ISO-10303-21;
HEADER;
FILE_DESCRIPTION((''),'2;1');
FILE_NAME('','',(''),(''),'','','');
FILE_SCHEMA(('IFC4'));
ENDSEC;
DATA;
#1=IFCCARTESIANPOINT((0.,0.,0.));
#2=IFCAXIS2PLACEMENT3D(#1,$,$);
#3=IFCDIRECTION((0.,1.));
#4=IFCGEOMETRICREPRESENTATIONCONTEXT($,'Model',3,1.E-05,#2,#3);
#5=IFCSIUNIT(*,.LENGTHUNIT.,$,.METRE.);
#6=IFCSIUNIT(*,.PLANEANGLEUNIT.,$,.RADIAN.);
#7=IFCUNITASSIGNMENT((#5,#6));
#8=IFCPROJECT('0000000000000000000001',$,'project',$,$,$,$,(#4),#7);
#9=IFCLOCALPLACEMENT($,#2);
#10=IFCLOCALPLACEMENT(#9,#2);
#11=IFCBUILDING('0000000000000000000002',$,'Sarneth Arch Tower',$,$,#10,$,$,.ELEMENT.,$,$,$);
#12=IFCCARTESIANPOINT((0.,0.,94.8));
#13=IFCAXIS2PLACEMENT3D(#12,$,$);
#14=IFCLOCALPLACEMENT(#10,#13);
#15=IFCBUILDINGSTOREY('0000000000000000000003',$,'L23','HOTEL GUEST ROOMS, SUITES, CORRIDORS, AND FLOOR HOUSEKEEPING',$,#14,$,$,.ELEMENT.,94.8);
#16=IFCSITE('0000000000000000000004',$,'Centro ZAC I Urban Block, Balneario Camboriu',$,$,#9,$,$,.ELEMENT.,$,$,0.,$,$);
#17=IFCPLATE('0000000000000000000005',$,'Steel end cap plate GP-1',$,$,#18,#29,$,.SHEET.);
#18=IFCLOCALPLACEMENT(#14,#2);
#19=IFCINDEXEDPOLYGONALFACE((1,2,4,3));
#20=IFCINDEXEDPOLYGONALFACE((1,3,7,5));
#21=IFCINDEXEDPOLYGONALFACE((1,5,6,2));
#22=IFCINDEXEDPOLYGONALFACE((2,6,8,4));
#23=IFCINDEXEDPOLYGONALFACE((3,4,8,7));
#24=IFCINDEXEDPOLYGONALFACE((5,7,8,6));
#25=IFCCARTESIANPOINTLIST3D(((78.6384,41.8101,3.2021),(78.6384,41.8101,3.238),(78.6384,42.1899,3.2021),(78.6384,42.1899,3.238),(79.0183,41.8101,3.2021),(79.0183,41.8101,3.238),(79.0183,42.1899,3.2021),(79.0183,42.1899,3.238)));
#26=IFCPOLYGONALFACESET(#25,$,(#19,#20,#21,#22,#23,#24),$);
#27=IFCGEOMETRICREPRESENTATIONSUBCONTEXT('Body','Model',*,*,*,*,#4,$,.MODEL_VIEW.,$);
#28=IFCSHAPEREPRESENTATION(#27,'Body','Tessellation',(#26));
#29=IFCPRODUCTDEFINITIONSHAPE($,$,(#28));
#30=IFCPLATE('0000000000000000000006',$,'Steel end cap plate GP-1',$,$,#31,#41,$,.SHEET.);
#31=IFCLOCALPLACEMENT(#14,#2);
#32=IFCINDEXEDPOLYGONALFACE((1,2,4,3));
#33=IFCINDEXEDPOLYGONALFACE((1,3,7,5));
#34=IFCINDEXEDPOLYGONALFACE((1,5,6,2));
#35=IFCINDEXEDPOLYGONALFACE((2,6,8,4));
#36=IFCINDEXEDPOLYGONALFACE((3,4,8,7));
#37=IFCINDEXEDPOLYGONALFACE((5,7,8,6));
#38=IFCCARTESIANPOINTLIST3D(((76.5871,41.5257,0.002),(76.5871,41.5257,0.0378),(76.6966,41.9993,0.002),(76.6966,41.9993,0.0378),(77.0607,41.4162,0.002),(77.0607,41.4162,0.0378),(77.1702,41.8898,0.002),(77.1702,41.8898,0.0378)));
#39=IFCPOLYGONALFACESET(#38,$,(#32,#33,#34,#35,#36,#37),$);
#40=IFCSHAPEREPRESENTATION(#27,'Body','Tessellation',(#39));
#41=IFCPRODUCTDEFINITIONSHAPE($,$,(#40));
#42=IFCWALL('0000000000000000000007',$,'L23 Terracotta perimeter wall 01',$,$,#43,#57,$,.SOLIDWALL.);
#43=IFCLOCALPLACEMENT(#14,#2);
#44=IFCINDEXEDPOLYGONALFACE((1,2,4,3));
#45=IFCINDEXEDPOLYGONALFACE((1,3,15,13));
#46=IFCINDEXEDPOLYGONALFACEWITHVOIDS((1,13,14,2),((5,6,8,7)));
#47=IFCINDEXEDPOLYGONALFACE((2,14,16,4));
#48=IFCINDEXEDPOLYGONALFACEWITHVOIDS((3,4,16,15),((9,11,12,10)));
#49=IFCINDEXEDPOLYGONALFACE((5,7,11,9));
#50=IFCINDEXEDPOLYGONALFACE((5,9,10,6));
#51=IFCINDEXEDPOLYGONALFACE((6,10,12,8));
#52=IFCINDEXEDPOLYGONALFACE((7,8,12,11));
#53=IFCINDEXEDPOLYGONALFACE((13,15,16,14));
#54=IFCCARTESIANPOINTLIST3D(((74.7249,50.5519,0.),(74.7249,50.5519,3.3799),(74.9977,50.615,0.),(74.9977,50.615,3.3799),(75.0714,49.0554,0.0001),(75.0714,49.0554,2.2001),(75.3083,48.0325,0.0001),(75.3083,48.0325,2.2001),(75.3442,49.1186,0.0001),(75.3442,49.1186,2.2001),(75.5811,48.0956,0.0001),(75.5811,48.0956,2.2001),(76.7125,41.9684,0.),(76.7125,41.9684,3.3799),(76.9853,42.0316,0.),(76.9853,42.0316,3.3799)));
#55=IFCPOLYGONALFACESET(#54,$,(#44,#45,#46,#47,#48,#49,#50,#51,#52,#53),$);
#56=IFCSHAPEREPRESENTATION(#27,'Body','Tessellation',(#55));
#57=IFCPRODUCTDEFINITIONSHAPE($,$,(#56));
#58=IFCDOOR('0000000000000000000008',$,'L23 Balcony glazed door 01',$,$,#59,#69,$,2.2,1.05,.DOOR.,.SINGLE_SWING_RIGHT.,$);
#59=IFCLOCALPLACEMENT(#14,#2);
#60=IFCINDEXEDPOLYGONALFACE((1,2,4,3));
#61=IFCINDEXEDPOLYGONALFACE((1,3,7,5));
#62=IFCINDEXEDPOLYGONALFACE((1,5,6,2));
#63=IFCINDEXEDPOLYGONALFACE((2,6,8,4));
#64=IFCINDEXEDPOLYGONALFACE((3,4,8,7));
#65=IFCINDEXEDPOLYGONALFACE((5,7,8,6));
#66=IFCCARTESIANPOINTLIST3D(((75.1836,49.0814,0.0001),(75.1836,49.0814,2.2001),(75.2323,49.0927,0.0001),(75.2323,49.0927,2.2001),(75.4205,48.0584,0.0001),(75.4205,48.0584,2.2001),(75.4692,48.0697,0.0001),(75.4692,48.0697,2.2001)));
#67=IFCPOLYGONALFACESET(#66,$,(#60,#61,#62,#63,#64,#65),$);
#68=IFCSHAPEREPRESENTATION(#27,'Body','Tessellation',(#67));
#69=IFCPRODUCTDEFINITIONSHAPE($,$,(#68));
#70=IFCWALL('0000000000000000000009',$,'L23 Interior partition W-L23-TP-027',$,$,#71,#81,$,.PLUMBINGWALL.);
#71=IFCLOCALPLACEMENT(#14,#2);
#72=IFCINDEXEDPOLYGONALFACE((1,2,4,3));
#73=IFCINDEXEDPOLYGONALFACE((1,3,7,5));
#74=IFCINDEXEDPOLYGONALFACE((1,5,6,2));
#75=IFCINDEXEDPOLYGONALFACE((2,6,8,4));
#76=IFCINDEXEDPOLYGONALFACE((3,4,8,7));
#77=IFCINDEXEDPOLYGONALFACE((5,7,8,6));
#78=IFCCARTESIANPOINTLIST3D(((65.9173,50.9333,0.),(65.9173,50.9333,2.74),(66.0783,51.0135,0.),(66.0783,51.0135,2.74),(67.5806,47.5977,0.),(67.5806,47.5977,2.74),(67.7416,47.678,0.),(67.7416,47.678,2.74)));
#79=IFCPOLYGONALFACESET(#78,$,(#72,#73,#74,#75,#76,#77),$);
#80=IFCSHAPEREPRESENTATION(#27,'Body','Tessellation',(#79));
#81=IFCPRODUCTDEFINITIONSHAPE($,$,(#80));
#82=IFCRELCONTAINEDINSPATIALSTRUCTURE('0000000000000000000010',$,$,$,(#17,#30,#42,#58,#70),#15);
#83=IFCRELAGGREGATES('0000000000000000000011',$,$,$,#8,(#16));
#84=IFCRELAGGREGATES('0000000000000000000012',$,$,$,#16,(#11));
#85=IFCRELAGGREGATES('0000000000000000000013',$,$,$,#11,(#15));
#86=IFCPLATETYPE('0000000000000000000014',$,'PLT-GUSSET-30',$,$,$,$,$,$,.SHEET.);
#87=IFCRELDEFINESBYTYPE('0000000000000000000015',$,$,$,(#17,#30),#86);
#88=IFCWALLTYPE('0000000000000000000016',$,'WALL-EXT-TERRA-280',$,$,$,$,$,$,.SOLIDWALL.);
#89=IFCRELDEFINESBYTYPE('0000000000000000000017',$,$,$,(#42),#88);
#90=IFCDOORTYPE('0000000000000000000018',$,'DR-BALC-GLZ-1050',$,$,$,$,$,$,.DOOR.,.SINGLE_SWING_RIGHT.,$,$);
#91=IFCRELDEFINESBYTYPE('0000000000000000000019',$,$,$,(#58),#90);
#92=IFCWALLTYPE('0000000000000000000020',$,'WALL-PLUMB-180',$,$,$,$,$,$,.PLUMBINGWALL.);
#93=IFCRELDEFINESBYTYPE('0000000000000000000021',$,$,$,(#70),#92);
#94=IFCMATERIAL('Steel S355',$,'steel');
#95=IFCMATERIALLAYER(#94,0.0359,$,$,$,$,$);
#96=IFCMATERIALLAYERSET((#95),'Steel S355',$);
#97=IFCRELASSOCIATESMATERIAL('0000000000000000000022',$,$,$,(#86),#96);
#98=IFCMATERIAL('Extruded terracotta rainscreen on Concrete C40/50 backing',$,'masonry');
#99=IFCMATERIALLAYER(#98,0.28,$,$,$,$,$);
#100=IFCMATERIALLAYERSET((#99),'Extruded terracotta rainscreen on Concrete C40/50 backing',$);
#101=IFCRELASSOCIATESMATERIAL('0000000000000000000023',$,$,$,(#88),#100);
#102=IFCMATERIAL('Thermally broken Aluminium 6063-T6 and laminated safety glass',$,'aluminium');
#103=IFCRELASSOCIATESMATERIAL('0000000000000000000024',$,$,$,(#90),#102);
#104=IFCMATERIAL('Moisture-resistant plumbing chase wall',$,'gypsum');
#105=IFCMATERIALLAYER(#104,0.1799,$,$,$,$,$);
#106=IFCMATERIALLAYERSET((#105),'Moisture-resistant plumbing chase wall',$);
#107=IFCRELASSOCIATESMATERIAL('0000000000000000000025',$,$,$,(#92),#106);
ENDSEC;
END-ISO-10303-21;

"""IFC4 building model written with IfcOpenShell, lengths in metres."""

from ifc_helpers import new_model, si_unit, direction, frame, frame_2d, origin, origin_2d, place, context, subcontext, project, spatial, rectangle, extrude, material, layer, layer_set, type_object, element, fill, save


model = new_model("IFC4")

# Units and contexts
model_context = context("Model", 3, precision=1e-05, world=origin(), true_north=direction((0.0, 1.0)))
body_context = subcontext(model_context, "Body", "Model", "MODEL_VIEW")
ifc_project = project(units=[si_unit("LENGTHUNIT", "METRE"), si_unit("PLANEANGLEUNIT", "RADIAN")], contexts=[model_context])

# Site, building, storey
site_placement = place(None, origin())
site = spatial("IfcSite", under=ifc_project, at=site_placement, Name="Centro ZAC I Urban Block, Balneario Camboriu", CompositionType="ELEMENT", RefElevation=0.0)
building_placement = place(site_placement, origin())
building = spatial("IfcBuilding", under=site, at=building_placement, Name="Sarneth Arch Tower", CompositionType="ELEMENT")
storey_placement = place(building_placement, frame((0.0, 0.0, 94.8)))
storey = spatial("IfcBuildingStorey", under=building, at=storey_placement, Name="L23", Description="HOTEL GUEST ROOMS, SUITES, CORRIDORS, AND FLOOR HOUSEKEEPING", CompositionType="ELEMENT", Elevation=94.8)

# Plates
ifc_material_1 = material(Name="Steel S355", Category="steel")
ifc_layer_1 = layer(ifc_material_1, 0.0359)
ifc_layer_set_1 = layer_set([ifc_layer_1], Name="Steel S355")
plate_type_1 = type_object("IfcPlateType", Name="PLT-GUSSET-30", PredefinedType="SHEET", material=ifc_layer_set_1)
plate_1_placement = place(storey_placement, frame((78.8284, 42.0, 3.2021), z_axis=(0.0, 0.0, 1.0), x_axis=(1.0, 0.0, 0.0)))
element("IfcPlate", 1, at=plate_1_placement, inside=storey, type_object=plate_type_1, Name="Steel end cap plate GP-1", PredefinedType="SHEET", context=body_context, shape_type="SweptSolid", body=[
    extrude(rectangle(XDim=0.3799, YDim=0.3799, at=origin_2d()), origin(), (0.0, 0.0, 1.0), 0.0359),
])
plate_2_placement = place(storey_placement, frame((76.8787, 41.7078, 0.002), z_axis=(0.0, 0.0, 1.0), x_axis=(0.225291, 0.974291, 0.0)))
element("IfcPlate", 2, at=plate_2_placement, inside=storey, type_object=plate_type_1, Name="Steel end cap plate GP-1", PredefinedType="SHEET", context=body_context, shape_type="SweptSolid", body=[
    extrude(rectangle(XDim=0.4861, YDim=0.4861, at=origin_2d()), origin(), (0.0, 0.0, 1.0), 0.0359),
])

# Wall, opening, door
ifc_material_2 = material(Name="Extruded terracotta rainscreen on Concrete C40/50 backing", Category="masonry")
ifc_layer_2 = layer(ifc_material_2, 0.28)
ifc_layer_set_2 = layer_set([ifc_layer_2], Name="Extruded terracotta rainscreen on Concrete C40/50 backing")
wall_type_1 = type_object("IfcWallType", Name="WALL-EXT-TERRA-280", PredefinedType="SOLIDWALL", material=ifc_layer_set_2)
wall_1_placement = place(storey_placement, frame((76.8489, 42.0, 0.0), z_axis=(0.0, 0.0, 1.0), x_axis=(-0.225586, 0.974223, 0.0)))
wall_1 = element("IfcWall", 3, at=wall_1_placement, inside=storey, type_object=wall_type_1, Name="L23 Terracotta perimeter wall 01", PredefinedType="SOLIDWALL", context=body_context, shape_type="SweptSolid", body=[
    extrude(rectangle(XDim=8.8105, YDim=0.28, at=frame_2d((4.4053, 0.0))), origin(), (0.0, 0.0, 1.0), 3.3799),
])
opening_placement = place(wall_1_placement, frame((6.2246, 0.0, 0.0)))
opening = element("IfcOpeningElement", 4, at=opening_placement, cuts=wall_1, PredefinedType="OPENING", context=body_context, shape_type="SweptSolid", body=[
    extrude(rectangle(XDim=1.05, YDim=2.2, at=frame_2d((0.5249, 1.1001))), frame((0.0, 0.1499, 0.0), z_axis=(0.0, -1.0, 0.0), x_axis=(1.0, 0.0, 0.0)), (0.0, 0.0, 1.0), 0.3),
])
ifc_material_3 = material(Name="Thermally broken Aluminium 6063-T6 and laminated safety glass", Category="aluminium")
door_type = type_object("IfcDoorType", Name="DR-BALC-GLZ-1050", OperationType="SINGLE_SWING_RIGHT", PredefinedType="DOOR", material=ifc_material_3)
door_placement = place(opening_placement, origin())
door = element("IfcDoor", 5, at=door_placement, inside=storey, type_object=door_type, Name="L23 Balcony glazed door 01", OperationType="SINGLE_SWING_RIGHT", OverallHeight=2.2, OverallWidth=1.05, PredefinedType="DOOR", context=body_context, shape_type="SweptSolid", body=[
    extrude(rectangle(XDim=1.05, YDim=2.2, at=frame_2d((0.5249, 1.1001))), frame((0.0, 0.0249, 0.0), z_axis=(0.0, -1.0, 0.0), x_axis=(1.0, 0.0, 0.0)), (0.0, 0.0, 1.0), 0.05),
])
fill(opening, door)

# Wall
ifc_material_4 = material(Name="Moisture-resistant plumbing chase wall", Category="gypsum")
ifc_layer_3 = layer(ifc_material_4, 0.1799)
ifc_layer_set_3 = layer_set([ifc_layer_3], Name="Moisture-resistant plumbing chase wall")
wall_type_2 = type_object("IfcWallType", Name="WALL-PLUMB-180", PredefinedType="PLUMBINGWALL", material=ifc_layer_set_3)
wall_2_placement = place(storey_placement, frame((67.6611, 47.6377, 0.0), z_axis=(0.0, 0.0, 1.0), x_axis=(-0.446244, 0.894911, 0.0)))
element("IfcWall", 6, at=wall_2_placement, inside=storey, type_object=wall_type_2, Name="L23 Interior partition W-L23-TP-027", PredefinedType="PLUMBINGWALL", context=body_context, shape_type="SweptSolid", body=[
    extrude(rectangle(XDim=3.7273, YDim=0.1799, at=frame_2d((1.8638, 0.0))), origin(), (0.0, 0.0, 1.0), 2.74),
])

save(model, "model.ifc")
